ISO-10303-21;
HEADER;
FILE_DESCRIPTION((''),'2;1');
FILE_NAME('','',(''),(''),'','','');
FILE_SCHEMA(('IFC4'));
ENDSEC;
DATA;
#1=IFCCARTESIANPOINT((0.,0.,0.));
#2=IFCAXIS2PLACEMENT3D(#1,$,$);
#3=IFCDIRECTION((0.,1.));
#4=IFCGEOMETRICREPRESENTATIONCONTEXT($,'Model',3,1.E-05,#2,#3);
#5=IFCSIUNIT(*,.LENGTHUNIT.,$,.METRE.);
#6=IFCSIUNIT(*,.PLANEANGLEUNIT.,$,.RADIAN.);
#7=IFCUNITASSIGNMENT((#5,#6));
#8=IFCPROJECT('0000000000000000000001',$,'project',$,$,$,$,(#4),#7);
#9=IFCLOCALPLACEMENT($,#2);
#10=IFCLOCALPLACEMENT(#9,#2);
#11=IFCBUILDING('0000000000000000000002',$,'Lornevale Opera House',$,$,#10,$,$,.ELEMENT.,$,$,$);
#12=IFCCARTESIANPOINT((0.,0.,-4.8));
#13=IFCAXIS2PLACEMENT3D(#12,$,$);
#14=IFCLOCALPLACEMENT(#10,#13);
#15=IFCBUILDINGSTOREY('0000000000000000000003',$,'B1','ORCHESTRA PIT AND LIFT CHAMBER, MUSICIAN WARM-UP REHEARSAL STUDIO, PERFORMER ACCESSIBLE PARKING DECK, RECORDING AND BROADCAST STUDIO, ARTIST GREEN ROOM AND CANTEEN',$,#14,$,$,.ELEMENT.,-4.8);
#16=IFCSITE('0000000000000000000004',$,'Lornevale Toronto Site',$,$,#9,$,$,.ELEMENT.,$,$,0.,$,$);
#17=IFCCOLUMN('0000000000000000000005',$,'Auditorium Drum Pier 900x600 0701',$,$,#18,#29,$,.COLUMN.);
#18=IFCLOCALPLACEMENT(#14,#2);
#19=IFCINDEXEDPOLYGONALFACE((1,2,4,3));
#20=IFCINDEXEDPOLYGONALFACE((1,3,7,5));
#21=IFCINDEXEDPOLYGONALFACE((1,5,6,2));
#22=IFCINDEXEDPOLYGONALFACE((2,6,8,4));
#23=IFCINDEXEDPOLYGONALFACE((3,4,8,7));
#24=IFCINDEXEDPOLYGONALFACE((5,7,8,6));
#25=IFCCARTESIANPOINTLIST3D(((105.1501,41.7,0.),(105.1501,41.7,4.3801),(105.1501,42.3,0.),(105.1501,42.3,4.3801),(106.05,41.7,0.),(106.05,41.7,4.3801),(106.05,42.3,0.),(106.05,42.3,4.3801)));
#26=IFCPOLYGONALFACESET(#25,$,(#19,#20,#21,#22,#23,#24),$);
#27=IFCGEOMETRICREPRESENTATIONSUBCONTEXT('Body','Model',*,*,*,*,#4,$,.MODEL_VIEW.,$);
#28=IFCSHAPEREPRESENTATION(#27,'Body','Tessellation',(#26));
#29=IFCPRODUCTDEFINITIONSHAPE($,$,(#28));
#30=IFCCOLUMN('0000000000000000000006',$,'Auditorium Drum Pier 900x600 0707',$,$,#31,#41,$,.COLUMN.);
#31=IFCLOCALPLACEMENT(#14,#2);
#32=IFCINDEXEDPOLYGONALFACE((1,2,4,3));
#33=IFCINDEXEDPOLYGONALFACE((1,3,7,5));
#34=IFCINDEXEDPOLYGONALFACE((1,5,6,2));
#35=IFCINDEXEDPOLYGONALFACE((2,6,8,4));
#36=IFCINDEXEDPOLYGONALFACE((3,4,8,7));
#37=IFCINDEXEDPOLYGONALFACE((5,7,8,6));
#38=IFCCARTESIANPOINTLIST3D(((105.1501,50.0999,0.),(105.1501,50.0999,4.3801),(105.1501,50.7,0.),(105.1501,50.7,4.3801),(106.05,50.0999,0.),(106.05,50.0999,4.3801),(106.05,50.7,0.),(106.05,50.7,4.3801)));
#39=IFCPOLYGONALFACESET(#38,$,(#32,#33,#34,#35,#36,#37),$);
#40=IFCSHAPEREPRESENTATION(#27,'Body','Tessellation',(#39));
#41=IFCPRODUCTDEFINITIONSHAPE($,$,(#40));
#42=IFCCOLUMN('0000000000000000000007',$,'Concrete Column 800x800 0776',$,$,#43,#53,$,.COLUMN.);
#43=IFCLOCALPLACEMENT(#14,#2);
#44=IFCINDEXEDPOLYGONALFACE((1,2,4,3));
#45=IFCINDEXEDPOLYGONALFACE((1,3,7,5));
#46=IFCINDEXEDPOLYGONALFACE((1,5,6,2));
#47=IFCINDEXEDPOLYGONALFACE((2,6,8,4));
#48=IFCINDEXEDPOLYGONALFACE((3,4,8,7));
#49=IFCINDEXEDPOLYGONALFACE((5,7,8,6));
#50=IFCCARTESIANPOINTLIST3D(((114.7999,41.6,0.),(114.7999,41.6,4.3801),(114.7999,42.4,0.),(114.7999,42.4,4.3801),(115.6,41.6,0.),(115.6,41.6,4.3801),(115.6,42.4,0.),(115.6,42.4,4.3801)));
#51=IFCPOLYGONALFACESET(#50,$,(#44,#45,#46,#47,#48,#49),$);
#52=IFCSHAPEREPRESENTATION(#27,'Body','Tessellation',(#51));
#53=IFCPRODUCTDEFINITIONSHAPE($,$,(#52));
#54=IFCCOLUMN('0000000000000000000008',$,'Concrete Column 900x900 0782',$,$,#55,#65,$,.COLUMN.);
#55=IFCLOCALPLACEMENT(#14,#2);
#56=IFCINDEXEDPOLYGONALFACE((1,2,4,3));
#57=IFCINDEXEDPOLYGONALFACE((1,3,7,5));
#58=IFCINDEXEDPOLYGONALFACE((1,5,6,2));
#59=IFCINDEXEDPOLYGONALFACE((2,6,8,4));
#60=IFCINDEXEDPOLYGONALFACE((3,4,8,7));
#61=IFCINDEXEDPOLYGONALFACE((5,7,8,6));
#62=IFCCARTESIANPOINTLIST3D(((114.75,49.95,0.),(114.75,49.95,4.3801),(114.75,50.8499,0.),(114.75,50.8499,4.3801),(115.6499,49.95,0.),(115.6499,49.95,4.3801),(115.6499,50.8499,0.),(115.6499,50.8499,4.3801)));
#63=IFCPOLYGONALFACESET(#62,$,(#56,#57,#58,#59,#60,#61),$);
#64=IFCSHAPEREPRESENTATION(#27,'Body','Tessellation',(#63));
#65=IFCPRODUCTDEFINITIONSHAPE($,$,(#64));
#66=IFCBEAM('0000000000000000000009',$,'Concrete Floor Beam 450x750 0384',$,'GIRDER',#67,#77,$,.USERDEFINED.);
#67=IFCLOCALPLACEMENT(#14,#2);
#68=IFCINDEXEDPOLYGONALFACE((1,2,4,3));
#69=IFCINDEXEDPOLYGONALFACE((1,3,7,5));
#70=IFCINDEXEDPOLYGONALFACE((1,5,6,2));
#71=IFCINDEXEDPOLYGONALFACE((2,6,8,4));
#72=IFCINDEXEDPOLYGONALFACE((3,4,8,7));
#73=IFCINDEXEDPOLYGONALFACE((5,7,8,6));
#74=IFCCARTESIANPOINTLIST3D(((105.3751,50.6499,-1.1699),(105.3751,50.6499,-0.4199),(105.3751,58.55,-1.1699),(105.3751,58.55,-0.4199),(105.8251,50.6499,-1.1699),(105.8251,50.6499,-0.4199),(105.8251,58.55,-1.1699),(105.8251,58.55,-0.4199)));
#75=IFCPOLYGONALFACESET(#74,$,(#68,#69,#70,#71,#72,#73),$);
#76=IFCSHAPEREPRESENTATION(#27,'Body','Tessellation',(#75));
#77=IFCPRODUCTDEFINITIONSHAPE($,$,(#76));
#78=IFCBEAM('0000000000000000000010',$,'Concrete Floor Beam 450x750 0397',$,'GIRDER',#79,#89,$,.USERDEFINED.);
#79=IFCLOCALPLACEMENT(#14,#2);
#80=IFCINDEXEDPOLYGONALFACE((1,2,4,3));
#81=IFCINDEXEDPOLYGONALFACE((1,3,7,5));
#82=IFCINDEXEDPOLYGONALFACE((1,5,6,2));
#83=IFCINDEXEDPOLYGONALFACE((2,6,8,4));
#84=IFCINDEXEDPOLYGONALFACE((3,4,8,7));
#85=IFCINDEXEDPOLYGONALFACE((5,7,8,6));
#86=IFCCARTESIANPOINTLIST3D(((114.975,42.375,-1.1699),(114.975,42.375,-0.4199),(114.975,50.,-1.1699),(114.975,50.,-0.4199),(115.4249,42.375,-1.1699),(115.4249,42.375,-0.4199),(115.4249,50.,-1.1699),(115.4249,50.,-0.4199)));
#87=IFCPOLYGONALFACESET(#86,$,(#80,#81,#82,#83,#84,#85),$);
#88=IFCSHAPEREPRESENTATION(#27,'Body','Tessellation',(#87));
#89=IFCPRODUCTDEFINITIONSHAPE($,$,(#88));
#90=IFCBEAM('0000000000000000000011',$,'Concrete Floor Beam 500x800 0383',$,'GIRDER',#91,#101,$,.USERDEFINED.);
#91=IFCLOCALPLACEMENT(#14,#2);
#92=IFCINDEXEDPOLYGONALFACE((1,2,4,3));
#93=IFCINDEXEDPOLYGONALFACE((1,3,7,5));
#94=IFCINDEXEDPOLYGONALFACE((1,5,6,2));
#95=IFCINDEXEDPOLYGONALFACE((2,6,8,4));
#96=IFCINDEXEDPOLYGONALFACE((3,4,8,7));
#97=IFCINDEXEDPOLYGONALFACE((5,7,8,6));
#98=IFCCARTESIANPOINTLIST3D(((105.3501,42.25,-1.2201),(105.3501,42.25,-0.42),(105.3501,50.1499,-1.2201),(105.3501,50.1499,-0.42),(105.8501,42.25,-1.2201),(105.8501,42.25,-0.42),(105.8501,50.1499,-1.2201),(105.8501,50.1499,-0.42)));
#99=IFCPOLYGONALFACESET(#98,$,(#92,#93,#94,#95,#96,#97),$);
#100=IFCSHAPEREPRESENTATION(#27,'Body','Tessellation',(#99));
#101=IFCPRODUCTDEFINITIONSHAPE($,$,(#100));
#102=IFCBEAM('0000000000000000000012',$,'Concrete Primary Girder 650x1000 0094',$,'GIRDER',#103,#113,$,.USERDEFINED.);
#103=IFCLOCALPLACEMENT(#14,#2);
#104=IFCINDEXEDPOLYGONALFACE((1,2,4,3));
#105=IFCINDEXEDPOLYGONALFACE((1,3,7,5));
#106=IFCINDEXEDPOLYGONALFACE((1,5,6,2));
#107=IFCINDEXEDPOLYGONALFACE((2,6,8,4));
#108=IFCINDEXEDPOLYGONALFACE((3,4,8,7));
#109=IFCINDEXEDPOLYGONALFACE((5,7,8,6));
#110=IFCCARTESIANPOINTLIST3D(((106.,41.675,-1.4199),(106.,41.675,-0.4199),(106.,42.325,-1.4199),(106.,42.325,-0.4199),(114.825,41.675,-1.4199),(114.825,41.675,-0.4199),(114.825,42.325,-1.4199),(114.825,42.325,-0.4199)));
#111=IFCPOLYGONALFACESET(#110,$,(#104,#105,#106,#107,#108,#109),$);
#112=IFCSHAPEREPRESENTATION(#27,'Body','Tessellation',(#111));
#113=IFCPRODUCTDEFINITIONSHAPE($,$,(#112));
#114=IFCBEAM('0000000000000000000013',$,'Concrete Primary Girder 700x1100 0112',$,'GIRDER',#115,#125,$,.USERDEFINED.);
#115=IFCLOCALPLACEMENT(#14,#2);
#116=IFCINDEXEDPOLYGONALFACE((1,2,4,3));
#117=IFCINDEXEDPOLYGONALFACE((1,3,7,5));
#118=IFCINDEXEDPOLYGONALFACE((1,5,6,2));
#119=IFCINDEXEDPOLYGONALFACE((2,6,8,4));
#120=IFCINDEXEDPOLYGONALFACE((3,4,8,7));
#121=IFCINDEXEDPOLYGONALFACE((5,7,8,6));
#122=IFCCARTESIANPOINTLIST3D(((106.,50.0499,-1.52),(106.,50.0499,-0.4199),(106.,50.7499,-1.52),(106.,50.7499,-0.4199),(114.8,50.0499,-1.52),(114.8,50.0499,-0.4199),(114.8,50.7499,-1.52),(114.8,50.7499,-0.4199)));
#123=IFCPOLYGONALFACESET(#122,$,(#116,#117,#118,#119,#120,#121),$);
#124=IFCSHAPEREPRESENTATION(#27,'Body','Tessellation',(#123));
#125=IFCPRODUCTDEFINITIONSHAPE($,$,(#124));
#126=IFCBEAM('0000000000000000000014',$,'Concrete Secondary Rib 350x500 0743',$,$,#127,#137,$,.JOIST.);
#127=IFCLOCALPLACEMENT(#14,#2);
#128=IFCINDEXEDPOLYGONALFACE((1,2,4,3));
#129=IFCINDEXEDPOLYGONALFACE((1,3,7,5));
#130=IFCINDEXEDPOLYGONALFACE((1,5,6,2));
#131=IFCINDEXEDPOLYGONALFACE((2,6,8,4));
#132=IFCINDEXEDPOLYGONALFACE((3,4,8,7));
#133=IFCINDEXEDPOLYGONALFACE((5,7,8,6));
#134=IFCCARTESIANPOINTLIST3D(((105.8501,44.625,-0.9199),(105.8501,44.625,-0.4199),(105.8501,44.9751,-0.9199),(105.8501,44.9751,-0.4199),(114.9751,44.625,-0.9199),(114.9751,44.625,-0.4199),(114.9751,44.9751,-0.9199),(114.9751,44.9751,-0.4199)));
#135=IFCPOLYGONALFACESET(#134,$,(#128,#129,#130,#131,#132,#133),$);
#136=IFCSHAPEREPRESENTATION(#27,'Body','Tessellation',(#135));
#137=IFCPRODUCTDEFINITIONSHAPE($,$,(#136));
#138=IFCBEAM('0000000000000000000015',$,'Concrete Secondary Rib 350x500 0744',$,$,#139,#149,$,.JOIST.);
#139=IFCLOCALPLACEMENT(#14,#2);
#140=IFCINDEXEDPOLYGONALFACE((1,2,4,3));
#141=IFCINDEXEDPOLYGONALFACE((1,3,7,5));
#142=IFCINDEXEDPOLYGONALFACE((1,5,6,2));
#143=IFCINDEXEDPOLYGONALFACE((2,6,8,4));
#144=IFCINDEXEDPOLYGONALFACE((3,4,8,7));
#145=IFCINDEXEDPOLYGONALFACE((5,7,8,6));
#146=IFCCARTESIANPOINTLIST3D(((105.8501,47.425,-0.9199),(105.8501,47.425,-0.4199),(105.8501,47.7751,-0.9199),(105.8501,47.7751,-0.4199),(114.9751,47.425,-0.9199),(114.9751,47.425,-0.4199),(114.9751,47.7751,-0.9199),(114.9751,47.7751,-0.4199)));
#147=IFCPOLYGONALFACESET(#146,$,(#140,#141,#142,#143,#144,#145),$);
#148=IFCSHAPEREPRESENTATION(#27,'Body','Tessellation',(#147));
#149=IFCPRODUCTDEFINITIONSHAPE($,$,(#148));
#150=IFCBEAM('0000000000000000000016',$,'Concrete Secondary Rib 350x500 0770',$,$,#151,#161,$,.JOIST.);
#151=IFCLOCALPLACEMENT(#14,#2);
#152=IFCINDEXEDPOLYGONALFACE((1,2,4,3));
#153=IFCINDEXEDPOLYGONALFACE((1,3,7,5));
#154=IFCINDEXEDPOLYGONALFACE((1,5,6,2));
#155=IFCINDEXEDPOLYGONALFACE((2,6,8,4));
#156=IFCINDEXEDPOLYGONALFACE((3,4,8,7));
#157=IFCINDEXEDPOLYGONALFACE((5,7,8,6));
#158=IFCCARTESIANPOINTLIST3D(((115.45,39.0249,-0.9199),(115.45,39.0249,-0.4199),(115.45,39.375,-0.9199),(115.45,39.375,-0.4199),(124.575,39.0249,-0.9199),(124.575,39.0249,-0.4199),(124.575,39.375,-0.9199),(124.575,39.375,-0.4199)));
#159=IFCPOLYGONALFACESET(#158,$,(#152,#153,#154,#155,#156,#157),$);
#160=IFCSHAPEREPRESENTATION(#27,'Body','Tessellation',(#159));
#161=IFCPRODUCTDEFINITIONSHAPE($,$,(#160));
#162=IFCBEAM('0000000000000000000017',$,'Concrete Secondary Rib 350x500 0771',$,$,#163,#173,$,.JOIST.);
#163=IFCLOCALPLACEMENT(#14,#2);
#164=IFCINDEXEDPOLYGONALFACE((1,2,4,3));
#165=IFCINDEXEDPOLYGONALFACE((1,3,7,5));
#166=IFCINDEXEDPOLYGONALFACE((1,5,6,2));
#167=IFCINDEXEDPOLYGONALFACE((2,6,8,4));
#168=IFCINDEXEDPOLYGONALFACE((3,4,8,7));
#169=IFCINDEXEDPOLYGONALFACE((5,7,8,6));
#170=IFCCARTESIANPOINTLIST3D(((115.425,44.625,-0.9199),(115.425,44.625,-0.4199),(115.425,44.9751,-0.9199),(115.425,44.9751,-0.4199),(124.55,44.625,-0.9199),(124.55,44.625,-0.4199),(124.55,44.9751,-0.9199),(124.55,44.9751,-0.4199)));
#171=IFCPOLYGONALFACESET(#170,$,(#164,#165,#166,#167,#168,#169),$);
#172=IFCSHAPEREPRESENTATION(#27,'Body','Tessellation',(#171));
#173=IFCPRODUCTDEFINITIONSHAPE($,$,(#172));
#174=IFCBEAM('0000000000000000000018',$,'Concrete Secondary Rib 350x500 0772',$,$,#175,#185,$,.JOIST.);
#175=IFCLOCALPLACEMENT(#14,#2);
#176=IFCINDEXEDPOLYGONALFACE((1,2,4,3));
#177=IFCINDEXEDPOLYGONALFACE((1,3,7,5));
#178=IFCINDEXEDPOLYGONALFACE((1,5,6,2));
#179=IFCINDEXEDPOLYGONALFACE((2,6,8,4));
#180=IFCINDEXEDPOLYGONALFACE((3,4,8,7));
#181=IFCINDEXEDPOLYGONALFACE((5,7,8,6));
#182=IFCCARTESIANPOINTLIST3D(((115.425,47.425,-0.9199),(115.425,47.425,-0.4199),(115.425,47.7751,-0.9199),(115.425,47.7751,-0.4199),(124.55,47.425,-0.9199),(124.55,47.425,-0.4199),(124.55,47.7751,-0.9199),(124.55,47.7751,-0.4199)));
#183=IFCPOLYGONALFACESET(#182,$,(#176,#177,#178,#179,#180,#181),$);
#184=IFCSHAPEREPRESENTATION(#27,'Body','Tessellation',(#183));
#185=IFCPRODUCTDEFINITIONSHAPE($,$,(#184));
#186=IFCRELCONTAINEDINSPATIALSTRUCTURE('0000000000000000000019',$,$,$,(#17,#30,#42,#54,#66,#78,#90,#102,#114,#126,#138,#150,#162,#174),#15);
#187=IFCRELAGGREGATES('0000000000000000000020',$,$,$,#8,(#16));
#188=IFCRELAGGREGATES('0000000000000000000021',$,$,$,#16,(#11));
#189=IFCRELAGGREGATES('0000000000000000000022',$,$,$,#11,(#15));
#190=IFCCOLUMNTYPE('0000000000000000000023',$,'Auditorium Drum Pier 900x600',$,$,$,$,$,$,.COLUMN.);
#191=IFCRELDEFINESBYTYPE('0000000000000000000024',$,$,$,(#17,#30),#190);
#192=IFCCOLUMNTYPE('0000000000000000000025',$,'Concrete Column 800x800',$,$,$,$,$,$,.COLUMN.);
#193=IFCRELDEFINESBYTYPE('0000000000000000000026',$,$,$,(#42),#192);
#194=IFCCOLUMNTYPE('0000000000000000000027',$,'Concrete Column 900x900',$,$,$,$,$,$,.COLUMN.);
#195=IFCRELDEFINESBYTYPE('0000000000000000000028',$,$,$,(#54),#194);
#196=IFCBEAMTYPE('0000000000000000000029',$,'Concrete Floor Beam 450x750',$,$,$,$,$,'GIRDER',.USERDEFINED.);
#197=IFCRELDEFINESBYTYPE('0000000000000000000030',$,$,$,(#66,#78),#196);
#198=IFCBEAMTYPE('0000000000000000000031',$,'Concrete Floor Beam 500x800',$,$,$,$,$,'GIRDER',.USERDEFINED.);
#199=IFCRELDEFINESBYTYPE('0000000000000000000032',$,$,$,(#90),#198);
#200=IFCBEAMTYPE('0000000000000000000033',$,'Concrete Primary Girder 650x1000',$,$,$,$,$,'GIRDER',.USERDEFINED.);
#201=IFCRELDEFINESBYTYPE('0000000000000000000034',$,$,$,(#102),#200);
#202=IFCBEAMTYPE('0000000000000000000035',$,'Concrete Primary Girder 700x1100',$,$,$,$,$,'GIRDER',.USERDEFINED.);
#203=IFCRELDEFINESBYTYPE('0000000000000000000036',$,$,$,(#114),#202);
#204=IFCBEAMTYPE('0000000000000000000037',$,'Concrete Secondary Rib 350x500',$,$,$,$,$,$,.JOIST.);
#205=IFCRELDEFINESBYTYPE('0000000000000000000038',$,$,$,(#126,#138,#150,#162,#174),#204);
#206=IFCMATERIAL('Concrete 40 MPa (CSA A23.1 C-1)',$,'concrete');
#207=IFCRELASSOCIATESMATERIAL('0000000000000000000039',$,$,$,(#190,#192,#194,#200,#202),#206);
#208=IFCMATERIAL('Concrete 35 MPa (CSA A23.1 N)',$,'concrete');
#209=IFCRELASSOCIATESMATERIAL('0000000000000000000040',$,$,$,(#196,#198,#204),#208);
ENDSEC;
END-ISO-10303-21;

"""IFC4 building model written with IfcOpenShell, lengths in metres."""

from ifc_helpers import new_model, si_unit, direction, frame, origin, origin_2d, place, context, subcontext, project, spatial, rectangle, extrude, material, material_profile, profile_set, type_object, element, save


model = new_model("IFC4")

# Units and contexts
model_context = context("Model", 3, precision=1e-05, world=origin(), true_north=direction((0.0, 1.0)))
body_context = subcontext(model_context, "Body", "Model", "MODEL_VIEW")
ifc_project = project(units=[si_unit("LENGTHUNIT", "METRE"), si_unit("PLANEANGLEUNIT", "RADIAN")], contexts=[model_context])

# Site, building, storey
site_placement = place(None, origin())
site = spatial("IfcSite", under=ifc_project, at=site_placement, Name="Lornevale Toronto Site", CompositionType="ELEMENT", RefElevation=0.0)
building_placement = place(site_placement, origin())
building = spatial("IfcBuilding", under=site, at=building_placement, Name="Lornevale Opera House", CompositionType="ELEMENT")
storey_placement = place(building_placement, frame((0.0, 0.0, -4.8)))
storey = spatial("IfcBuildingStorey", under=building, at=storey_placement, Name="B1", Description="ORCHESTRA PIT AND LIFT CHAMBER, MUSICIAN WARM-UP REHEARSAL STUDIO, PERFORMER ACCESSIBLE PARKING DECK, RECORDING AND BROADCAST STUDIO, ARTIST GREEN ROOM AND CANTEEN", CompositionType="ELEMENT", Elevation=-4.8)

# Columns
ifc_material_1 = material(Name="Concrete 40 MPa (CSA A23.1 C-1)", Category="concrete")
ifc_material_profile_1 = material_profile(ifc_material_1, rectangle(XDim=0.8999, YDim=0.6001, at=origin_2d()), Name="RC900x600")
ifc_profile_set_1 = profile_set([ifc_material_profile_1], Name="Concrete 40 MPa (CSA A23.1 C-1)")
column_type_1 = type_object("IfcColumnType", Name="Auditorium Drum Pier 900x600", PredefinedType="COLUMN", material=ifc_profile_set_1)
for number, where, z_axis, x_axis, name in (
    (1, (105.6001, 42.0, 0.0), (0.0, 0.0, 1.0), (1.0, 0.0, 0.0), "Auditorium Drum Pier 900x600 0701"),
    (2, (105.6001, 50.3999, 0.0), (0.0, 0.0, 1.0), (1.0, 0.0, 0.0), "Auditorium Drum Pier 900x600 0707"),
):
    element("IfcColumn", number, at=place(storey_placement, frame(where, z_axis=z_axis, x_axis=x_axis)), inside=storey, type_object=column_type_1, Name=name, PredefinedType="COLUMN", context=body_context, shape_type="SweptSolid", body=[
        extrude(rectangle(XDim=0.8999, YDim=0.6001, at=origin_2d()), origin(), (0.0, 0.0, 1.0), 4.3801),
    ])
ifc_material_profile_2 = material_profile(ifc_material_1, rectangle(XDim=0.8, YDim=0.8, at=origin_2d()), Name="RC800x800")
ifc_profile_set_2 = profile_set([ifc_material_profile_2], Name="Concrete 40 MPa (CSA A23.1 C-1)")
column_type_2 = type_object("IfcColumnType", Name="Concrete Column 800x800", PredefinedType="COLUMN", material=ifc_profile_set_2)
column_1_placement = place(storey_placement, frame((115.2, 42.0, 0.0), z_axis=(0.0, 0.0, 1.0), x_axis=(1.0, 0.0, 0.0)))
element("IfcColumn", 3, at=column_1_placement, inside=storey, type_object=column_type_2, Name="Concrete Column 800x800 0776", PredefinedType="COLUMN", context=body_context, shape_type="SweptSolid", body=[
    extrude(rectangle(XDim=0.8, YDim=0.8, at=origin_2d()), origin(), (0.0, 0.0, 1.0), 4.3801),
])
ifc_material_profile_3 = material_profile(ifc_material_1, rectangle(XDim=0.8999, YDim=0.8999, at=origin_2d()), Name="RC900x900")
ifc_profile_set_3 = profile_set([ifc_material_profile_3], Name="Concrete 40 MPa (CSA A23.1 C-1)")
column_type_3 = type_object("IfcColumnType", Name="Concrete Column 900x900", PredefinedType="COLUMN", material=ifc_profile_set_3)
column_2_placement = place(storey_placement, frame((115.2, 50.3999, 0.0), z_axis=(0.0, 0.0, 1.0), x_axis=(1.0, 0.0, 0.0)))
element("IfcColumn", 4, at=column_2_placement, inside=storey, type_object=column_type_3, Name="Concrete Column 900x900 0782", PredefinedType="COLUMN", context=body_context, shape_type="SweptSolid", body=[
    extrude(rectangle(XDim=0.8999, YDim=0.8999, at=origin_2d()), origin(), (0.0, 0.0, 1.0), 4.3801),
])

# Beams
ifc_material_2 = material(Name="Concrete 35 MPa (CSA A23.1 N)", Category="concrete")
ifc_material_profile_4 = material_profile(ifc_material_2, rectangle(XDim=0.45, YDim=0.75, at=origin_2d()), Name="RC450x750")
ifc_profile_set_4 = profile_set([ifc_material_profile_4], Name="Concrete 35 MPa (CSA A23.1 N)")
beam_type_1 = type_object("IfcBeamType", Name="Concrete Floor Beam 450x750", ElementType="GIRDER", PredefinedType="USERDEFINED", material=ifc_profile_set_4)
beam_1_placement = place(storey_placement, frame((105.6001, 50.6499, -0.7949), z_axis=(0.0, 1.0, 0.0), x_axis=(-1.0, 0.0, 0.0)))
element("IfcBeam", 5, at=beam_1_placement, inside=storey, type_object=beam_type_1, Name="Concrete Floor Beam 450x750 0384", ObjectType="GIRDER", PredefinedType="USERDEFINED", context=body_context, shape_type="SweptSolid", body=[
    extrude(rectangle(XDim=0.45, YDim=0.75, at=origin_2d()), origin(), (0.0, 0.0, 1.0), 7.9001),
])
beam_2_placement = place(storey_placement, frame((115.2, 42.375, -0.7949), z_axis=(0.0, 1.0, 0.0), x_axis=(-1.0, 0.0, 0.0)))
element("IfcBeam", 6, at=beam_2_placement, inside=storey, type_object=beam_type_1, Name="Concrete Floor Beam 450x750 0397", ObjectType="GIRDER", PredefinedType="USERDEFINED", context=body_context, shape_type="SweptSolid", body=[
    extrude(rectangle(XDim=0.45, YDim=0.75, at=origin_2d()), origin(), (0.0, 0.0, 1.0), 7.625),
])
ifc_material_profile_5 = material_profile(ifc_material_2, rectangle(XDim=0.5, YDim=0.8, at=origin_2d()), Name="RC500x800")
ifc_profile_set_5 = profile_set([ifc_material_profile_5], Name="Concrete 35 MPa (CSA A23.1 N)")
beam_type_2 = type_object("IfcBeamType", Name="Concrete Floor Beam 500x800", ElementType="GIRDER", PredefinedType="USERDEFINED", material=ifc_profile_set_5)
beam_3_placement = place(storey_placement, frame((105.6001, 42.25, -0.8201), z_axis=(0.0, 1.0, 0.0), x_axis=(-1.0, 0.0, 0.0)))
element("IfcBeam", 7, at=beam_3_placement, inside=storey, type_object=beam_type_2, Name="Concrete Floor Beam 500x800 0383", ObjectType="GIRDER", PredefinedType="USERDEFINED", context=body_context, shape_type="SweptSolid", body=[
    extrude(rectangle(XDim=0.5, YDim=0.8, at=origin_2d()), origin(), (0.0, 0.0, 1.0), 7.8999),
])
ifc_material_profile_6 = material_profile(ifc_material_1, rectangle(XDim=0.6499, YDim=1.0, at=origin_2d()), Name="RC650x1000")
ifc_profile_set_6 = profile_set([ifc_material_profile_6], Name="Concrete 40 MPa (CSA A23.1 C-1)")
beam_type_3 = type_object("IfcBeamType", Name="Concrete Primary Girder 650x1000", ElementType="GIRDER", PredefinedType="USERDEFINED", material=ifc_profile_set_6)
beam_4_placement = place(storey_placement, frame((106.0, 42.0, -0.9199), z_axis=(1.0, 0.0, 0.0), x_axis=(0.0, 1.0, 0.0)))
element("IfcBeam", 8, at=beam_4_placement, inside=storey, type_object=beam_type_3, Name="Concrete Primary Girder 650x1000 0094", ObjectType="GIRDER", PredefinedType="USERDEFINED", context=body_context, shape_type="SweptSolid", body=[
    extrude(rectangle(XDim=0.6499, YDim=1.0, at=origin_2d()), origin(), (0.0, 0.0, 1.0), 8.825),
])
ifc_material_profile_7 = material_profile(ifc_material_1, rectangle(XDim=0.7, YDim=1.1001, at=origin_2d()), Name="RC700x1100")
ifc_profile_set_7 = profile_set([ifc_material_profile_7], Name="Concrete 40 MPa (CSA A23.1 C-1)")
beam_type_4 = type_object("IfcBeamType", Name="Concrete Primary Girder 700x1100", ElementType="GIRDER", PredefinedType="USERDEFINED", material=ifc_profile_set_7)
beam_5_placement = place(storey_placement, frame((106.0, 50.3999, -0.97), z_axis=(1.0, 0.0, 0.0), x_axis=(0.0, 1.0, 0.0)))
element("IfcBeam", 9, at=beam_5_placement, inside=storey, type_object=beam_type_4, Name="Concrete Primary Girder 700x1100 0112", ObjectType="GIRDER", PredefinedType="USERDEFINED", context=body_context, shape_type="SweptSolid", body=[
    extrude(rectangle(XDim=0.7, YDim=1.1001, at=origin_2d()), origin(), (0.0, 0.0, 1.0), 8.8),
])
ifc_material_profile_8 = material_profile(ifc_material_2, rectangle(XDim=0.3501, YDim=0.5, at=origin_2d()), Name="RC350x500")
ifc_profile_set_8 = profile_set([ifc_material_profile_8], Name="Concrete 35 MPa (CSA A23.1 N)")
beam_type_5 = type_object("IfcBeamType", Name="Concrete Secondary Rib 350x500", PredefinedType="JOIST", material=ifc_profile_set_8)
for number, where, z_axis, x_axis, name in (
    (10, (105.8501, 44.8, -0.6699), (1.0, 0.0, 0.0), (0.0, 1.0, 0.0), "Concrete Secondary Rib 350x500 0743"),
    (11, (105.8501, 47.6001, -0.6699), (1.0, 0.0, 0.0), (0.0, 1.0, 0.0), "Concrete Secondary Rib 350x500 0744"),
    (12, (115.45, 39.2, -0.6699), (1.0, 0.0, 0.0), (0.0, 1.0, 0.0), "Concrete Secondary Rib 350x500 0770"),
    (13, (115.425, 44.8, -0.6699), (1.0, 0.0, 0.0), (0.0, 1.0, 0.0), "Concrete Secondary Rib 350x500 0771"),
    (14, (115.425, 47.6001, -0.6699), (1.0, 0.0, 0.0), (0.0, 1.0, 0.0), "Concrete Secondary Rib 350x500 0772"),
):
    element("IfcBeam", number, at=place(storey_placement, frame(where, z_axis=z_axis, x_axis=x_axis)), inside=storey, type_object=beam_type_5, Name=name, PredefinedType="JOIST", context=body_context, shape_type="SweptSolid", body=[
        extrude(rectangle(XDim=0.3501, YDim=0.5, at=origin_2d()), origin(), (0.0, 0.0, 1.0), 9.125),
    ])

save(model, "model.ifc")
